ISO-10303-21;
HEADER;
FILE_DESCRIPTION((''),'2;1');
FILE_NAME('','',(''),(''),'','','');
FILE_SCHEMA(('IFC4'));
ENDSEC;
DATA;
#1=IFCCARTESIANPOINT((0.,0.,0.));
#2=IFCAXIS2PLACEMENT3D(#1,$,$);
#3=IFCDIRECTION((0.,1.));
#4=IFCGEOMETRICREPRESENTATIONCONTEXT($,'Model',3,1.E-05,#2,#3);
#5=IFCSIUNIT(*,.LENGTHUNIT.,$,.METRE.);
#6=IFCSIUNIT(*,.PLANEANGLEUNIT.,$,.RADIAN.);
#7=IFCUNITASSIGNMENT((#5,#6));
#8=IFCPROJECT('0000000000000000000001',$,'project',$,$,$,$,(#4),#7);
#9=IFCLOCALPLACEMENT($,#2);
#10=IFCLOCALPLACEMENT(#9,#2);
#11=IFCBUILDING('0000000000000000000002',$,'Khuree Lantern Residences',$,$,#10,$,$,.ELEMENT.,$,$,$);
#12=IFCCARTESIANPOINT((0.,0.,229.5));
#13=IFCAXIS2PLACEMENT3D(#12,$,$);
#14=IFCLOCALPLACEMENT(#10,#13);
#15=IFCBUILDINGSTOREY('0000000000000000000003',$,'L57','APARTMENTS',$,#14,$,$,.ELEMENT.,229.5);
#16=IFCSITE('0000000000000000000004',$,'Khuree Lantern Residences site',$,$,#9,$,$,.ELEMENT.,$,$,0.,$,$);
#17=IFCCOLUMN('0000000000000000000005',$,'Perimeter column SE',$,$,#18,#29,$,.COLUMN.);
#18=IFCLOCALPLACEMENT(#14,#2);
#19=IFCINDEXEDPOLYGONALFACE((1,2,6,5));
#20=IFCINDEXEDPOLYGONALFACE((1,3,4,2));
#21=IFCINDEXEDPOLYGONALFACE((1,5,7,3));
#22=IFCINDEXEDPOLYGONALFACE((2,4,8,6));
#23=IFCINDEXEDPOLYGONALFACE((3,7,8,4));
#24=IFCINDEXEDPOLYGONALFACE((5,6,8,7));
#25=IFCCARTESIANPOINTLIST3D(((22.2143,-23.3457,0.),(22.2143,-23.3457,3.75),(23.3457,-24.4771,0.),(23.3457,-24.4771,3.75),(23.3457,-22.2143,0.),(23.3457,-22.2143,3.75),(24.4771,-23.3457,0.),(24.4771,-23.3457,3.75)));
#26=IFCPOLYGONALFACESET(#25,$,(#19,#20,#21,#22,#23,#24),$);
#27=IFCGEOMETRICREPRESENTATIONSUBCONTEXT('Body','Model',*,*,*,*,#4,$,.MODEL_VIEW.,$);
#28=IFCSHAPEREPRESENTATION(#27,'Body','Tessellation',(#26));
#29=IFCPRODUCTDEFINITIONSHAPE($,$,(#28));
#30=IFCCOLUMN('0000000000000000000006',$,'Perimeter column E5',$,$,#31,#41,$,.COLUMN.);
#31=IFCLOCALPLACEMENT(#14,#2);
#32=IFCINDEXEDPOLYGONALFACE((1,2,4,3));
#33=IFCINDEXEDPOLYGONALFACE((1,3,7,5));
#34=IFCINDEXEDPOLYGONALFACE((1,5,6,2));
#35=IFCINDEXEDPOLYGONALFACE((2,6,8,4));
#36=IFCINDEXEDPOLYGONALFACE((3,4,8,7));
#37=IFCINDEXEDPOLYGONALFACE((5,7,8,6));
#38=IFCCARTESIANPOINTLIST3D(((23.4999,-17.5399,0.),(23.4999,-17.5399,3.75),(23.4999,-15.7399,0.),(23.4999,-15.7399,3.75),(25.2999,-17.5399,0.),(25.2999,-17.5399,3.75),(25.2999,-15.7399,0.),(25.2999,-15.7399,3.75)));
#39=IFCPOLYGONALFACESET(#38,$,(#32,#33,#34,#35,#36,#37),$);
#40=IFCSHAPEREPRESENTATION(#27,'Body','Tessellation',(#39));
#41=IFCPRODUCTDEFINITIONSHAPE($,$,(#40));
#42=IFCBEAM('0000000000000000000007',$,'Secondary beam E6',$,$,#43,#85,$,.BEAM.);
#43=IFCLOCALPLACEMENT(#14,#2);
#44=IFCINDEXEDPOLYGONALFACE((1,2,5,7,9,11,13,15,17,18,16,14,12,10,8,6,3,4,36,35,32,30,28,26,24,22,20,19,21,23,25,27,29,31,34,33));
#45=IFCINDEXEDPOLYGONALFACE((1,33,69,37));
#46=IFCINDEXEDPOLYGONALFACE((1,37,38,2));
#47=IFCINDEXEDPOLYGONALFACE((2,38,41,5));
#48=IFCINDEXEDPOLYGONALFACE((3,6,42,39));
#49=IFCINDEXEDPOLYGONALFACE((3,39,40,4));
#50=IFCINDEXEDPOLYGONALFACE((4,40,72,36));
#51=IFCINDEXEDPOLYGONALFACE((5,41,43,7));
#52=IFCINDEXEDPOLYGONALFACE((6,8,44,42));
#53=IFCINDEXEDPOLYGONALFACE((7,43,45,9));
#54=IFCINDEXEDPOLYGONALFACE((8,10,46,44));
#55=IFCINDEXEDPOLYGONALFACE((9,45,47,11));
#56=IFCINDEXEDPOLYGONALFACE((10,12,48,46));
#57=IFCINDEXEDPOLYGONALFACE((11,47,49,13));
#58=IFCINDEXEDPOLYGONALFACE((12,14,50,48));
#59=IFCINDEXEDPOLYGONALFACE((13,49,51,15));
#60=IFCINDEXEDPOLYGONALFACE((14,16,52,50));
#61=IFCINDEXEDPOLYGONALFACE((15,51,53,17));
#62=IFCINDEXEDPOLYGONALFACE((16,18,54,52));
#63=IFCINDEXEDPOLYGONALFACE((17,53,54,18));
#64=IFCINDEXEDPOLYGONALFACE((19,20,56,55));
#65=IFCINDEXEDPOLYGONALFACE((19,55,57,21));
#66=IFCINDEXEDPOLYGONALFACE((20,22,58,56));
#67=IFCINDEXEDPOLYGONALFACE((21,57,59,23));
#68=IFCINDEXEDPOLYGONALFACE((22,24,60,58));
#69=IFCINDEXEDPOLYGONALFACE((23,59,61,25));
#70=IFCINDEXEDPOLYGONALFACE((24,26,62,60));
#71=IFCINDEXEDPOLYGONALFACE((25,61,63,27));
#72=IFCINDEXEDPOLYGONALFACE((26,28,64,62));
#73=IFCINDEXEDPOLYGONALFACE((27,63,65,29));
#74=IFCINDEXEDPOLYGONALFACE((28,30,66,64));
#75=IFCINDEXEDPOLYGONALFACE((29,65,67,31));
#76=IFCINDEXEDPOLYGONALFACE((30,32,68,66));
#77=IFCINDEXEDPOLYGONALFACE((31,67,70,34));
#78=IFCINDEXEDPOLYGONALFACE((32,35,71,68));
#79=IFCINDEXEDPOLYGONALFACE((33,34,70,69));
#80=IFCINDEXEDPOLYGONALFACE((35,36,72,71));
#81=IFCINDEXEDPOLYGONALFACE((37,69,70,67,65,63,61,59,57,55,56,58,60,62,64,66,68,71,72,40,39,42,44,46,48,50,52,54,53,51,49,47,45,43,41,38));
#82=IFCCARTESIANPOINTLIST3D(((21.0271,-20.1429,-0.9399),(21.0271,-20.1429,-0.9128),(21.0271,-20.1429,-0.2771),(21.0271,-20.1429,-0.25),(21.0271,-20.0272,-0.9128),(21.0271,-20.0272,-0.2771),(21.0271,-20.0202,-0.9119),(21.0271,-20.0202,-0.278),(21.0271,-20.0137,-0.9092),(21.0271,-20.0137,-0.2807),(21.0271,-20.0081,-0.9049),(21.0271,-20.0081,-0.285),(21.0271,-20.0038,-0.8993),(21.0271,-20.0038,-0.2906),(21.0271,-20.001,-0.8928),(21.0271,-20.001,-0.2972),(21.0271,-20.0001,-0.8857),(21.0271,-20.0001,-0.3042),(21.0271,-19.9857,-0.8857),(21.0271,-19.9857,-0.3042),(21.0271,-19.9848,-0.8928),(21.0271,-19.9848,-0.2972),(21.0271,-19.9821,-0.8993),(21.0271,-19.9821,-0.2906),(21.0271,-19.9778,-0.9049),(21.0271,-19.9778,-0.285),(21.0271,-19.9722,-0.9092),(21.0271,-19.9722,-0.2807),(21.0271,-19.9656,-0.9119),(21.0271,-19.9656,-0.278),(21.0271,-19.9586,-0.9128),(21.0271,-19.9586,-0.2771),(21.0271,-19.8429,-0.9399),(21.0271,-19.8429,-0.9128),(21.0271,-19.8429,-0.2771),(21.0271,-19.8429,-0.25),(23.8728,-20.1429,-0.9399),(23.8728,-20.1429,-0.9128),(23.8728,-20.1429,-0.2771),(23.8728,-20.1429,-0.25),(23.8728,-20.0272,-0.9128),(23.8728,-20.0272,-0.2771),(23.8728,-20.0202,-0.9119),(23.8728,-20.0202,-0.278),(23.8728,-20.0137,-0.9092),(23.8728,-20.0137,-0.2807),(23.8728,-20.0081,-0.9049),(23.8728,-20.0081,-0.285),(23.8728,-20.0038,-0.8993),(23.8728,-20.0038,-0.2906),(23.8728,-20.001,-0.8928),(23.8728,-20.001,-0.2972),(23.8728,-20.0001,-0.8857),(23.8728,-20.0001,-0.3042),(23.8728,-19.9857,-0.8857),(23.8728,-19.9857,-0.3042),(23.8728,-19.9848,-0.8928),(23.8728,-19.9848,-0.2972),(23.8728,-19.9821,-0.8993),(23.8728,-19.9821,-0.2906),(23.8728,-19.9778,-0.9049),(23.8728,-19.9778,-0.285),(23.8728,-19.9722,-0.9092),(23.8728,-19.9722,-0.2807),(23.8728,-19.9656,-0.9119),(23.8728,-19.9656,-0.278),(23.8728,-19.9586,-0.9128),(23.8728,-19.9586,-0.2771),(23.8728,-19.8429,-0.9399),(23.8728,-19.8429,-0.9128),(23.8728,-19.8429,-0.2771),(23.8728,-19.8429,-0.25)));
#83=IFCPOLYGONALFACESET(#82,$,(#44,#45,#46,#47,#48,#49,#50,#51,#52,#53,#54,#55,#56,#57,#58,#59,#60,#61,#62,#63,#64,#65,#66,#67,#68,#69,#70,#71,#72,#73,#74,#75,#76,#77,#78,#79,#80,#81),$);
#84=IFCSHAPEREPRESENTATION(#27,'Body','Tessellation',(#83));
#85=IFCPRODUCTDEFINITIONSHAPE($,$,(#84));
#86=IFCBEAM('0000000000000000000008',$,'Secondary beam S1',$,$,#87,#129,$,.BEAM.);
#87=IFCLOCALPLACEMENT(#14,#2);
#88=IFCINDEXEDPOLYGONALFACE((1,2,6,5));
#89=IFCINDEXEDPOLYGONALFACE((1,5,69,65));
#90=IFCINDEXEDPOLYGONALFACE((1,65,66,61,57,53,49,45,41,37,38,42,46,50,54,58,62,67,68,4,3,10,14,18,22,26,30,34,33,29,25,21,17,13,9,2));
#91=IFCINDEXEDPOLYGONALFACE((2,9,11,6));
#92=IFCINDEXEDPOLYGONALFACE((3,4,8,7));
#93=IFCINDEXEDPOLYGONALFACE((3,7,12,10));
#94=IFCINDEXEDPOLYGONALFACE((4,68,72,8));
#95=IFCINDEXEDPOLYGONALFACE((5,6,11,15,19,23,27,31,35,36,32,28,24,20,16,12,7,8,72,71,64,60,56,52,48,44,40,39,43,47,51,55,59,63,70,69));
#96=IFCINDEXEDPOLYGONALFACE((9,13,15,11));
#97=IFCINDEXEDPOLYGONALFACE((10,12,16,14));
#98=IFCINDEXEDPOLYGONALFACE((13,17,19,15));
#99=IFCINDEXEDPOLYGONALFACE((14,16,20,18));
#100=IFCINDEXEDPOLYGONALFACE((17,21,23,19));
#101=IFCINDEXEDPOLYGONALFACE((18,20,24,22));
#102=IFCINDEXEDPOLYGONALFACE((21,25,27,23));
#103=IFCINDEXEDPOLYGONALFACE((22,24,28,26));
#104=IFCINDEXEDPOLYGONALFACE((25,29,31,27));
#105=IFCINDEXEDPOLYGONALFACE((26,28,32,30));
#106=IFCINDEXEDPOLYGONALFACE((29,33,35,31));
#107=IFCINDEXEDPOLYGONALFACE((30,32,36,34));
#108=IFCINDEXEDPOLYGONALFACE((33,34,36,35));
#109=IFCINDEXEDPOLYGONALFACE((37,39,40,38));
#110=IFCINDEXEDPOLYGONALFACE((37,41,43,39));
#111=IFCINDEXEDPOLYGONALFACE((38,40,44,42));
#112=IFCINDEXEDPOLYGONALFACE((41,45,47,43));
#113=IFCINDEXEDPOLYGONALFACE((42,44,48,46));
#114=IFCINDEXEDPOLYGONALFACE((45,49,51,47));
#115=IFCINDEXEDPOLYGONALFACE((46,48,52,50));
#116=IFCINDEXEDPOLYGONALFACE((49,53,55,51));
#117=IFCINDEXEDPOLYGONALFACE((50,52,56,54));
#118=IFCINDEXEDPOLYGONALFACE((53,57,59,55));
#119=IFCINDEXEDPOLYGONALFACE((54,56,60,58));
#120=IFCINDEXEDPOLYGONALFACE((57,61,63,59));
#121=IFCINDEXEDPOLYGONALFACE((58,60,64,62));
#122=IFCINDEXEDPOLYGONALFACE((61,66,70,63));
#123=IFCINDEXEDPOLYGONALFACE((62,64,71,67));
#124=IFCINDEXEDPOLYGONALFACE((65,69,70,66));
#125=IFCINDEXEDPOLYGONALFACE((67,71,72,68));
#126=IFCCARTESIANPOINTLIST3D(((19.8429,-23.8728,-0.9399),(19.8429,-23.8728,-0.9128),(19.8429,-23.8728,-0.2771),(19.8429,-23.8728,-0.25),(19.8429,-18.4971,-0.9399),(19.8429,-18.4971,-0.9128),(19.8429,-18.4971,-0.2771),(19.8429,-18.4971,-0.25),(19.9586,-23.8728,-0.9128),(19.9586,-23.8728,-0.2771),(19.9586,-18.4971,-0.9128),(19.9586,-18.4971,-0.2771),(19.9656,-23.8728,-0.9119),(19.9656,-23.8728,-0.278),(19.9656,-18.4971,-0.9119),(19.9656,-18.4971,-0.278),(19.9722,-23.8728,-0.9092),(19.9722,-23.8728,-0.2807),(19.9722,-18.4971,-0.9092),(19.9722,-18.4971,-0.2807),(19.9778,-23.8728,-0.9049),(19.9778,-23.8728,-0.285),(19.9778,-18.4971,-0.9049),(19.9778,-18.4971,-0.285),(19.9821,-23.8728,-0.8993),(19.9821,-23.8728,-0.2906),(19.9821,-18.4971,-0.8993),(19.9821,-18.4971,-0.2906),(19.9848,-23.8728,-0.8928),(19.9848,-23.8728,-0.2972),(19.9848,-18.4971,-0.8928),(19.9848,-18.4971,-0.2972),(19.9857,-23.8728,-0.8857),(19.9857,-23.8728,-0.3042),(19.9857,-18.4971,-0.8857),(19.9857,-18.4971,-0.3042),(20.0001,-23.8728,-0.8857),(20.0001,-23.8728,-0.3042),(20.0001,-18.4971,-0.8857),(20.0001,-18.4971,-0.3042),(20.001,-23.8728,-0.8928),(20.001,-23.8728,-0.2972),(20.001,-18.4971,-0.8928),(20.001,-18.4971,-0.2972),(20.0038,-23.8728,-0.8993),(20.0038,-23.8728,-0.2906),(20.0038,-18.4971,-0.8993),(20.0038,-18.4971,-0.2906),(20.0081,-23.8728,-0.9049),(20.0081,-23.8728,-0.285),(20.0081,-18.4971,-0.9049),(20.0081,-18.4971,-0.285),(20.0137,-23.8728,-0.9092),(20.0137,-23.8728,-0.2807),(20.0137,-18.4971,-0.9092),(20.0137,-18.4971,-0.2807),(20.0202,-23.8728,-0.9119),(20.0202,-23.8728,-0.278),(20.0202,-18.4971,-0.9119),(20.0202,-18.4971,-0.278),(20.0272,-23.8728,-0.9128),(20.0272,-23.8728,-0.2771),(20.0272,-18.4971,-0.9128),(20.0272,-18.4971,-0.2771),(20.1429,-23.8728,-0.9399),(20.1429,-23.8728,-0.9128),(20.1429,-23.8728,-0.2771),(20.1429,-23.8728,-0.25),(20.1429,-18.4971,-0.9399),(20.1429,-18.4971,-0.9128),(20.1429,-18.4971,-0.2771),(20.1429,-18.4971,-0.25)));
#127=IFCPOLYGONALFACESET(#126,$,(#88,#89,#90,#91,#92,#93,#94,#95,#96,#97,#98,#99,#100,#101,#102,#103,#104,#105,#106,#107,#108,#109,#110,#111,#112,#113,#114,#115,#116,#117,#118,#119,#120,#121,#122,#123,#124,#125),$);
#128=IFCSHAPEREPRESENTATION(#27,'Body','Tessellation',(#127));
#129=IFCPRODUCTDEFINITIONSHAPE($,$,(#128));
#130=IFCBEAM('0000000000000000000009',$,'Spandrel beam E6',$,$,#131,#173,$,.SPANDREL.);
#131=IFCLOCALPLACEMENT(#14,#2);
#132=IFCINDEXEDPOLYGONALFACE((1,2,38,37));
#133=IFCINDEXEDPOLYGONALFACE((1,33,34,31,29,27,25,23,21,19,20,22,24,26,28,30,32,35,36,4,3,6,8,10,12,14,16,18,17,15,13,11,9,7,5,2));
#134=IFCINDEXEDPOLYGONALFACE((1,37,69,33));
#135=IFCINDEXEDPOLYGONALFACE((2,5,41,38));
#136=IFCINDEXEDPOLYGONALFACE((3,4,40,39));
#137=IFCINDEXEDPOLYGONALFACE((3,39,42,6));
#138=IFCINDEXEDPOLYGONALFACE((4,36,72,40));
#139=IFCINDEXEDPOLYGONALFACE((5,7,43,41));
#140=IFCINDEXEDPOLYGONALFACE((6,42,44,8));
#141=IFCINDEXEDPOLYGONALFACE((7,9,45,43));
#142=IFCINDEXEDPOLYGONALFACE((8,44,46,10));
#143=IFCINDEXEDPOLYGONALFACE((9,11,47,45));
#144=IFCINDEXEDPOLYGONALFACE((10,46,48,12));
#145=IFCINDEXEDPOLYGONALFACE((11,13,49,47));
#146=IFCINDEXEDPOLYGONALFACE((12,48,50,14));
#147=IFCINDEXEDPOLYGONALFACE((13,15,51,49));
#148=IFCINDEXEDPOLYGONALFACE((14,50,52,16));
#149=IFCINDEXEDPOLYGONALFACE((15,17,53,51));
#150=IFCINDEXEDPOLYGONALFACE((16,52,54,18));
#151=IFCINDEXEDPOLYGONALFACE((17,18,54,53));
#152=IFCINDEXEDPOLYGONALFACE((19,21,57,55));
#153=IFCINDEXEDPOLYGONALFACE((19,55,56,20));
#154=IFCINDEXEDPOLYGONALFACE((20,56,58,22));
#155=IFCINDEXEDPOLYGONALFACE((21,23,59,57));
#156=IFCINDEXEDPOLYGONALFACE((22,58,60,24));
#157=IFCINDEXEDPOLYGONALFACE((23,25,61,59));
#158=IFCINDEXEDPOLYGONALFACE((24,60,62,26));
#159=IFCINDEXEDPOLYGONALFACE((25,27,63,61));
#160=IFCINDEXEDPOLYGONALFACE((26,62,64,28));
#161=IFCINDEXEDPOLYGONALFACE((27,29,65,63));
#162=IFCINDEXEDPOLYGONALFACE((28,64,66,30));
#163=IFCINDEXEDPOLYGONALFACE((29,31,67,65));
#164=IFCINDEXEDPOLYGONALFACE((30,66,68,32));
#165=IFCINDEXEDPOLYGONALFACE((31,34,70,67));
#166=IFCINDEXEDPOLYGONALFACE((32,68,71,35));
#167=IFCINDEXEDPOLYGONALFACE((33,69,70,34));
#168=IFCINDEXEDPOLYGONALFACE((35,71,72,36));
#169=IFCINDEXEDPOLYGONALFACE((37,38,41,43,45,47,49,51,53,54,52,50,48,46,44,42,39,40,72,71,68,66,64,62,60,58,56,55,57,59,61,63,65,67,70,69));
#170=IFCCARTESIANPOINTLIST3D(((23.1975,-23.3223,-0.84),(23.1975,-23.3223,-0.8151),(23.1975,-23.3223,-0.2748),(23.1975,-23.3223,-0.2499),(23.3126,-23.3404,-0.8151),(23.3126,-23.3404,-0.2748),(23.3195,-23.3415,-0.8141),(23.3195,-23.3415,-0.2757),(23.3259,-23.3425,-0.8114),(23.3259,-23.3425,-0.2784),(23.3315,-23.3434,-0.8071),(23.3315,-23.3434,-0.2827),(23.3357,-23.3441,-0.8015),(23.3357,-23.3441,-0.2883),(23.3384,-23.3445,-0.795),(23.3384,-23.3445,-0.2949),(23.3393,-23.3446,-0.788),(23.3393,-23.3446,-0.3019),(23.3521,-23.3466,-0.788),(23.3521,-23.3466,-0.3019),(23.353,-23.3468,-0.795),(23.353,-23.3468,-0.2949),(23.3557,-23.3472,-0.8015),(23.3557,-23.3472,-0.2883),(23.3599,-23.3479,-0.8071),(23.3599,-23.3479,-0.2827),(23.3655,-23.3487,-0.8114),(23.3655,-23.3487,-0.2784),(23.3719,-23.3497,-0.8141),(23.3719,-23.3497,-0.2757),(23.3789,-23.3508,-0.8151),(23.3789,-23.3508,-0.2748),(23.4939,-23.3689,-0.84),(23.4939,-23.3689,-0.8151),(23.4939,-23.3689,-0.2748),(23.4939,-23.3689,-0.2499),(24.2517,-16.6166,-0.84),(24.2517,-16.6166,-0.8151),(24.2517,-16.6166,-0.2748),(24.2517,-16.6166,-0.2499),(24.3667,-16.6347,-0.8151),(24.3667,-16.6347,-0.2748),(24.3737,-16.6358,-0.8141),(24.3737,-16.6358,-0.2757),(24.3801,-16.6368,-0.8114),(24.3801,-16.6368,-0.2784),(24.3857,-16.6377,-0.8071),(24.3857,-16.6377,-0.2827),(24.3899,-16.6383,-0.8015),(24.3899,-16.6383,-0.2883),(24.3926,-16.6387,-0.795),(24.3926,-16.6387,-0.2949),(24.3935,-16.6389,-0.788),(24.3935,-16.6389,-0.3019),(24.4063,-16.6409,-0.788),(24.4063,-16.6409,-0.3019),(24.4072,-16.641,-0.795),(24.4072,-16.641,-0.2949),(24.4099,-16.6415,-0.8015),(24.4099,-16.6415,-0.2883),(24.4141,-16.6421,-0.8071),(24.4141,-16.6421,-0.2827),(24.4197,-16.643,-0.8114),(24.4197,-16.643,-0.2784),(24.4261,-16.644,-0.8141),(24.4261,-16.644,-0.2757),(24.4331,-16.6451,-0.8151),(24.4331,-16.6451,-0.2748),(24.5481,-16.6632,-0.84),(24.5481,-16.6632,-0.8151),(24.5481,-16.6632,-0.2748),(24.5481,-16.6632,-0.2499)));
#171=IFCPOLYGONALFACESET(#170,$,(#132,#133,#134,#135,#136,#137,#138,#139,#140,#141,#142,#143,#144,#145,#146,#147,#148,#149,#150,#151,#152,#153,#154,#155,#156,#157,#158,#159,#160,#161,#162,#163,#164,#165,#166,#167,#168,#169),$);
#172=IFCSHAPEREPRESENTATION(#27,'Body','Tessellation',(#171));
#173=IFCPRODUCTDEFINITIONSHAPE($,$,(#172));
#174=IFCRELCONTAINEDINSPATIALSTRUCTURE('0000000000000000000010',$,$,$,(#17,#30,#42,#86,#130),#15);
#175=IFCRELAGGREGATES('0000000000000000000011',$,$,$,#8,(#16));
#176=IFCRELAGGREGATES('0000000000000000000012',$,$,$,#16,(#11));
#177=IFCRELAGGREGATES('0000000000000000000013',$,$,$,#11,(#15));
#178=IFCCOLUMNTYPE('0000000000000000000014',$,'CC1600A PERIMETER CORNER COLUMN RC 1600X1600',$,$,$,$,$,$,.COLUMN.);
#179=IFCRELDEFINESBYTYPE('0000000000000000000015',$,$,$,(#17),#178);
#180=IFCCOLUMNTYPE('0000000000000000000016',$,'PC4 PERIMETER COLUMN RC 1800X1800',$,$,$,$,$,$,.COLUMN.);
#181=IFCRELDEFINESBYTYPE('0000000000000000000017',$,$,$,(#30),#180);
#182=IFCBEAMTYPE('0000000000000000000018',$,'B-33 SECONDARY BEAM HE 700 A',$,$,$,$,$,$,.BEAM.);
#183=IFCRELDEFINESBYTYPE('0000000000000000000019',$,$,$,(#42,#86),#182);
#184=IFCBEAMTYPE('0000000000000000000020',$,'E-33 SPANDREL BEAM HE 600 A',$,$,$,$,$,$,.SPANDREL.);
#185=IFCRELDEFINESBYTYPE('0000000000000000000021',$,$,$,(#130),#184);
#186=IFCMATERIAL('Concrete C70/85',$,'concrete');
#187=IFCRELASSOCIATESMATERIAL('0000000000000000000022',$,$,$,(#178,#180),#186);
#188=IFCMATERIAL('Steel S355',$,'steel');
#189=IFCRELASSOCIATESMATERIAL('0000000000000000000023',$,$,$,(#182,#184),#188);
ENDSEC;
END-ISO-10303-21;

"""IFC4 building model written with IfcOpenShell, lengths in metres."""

from ifc_helpers import new_model, si_unit, direction, frame, origin, origin_2d, place, context, subcontext, project, spatial, rectangle, i_section, extrude, material, material_profile, profile_set, type_object, element, save


model = new_model("IFC4")

# Units and contexts
model_context = context("Model", 3, precision=1e-05, world=origin(), true_north=direction((0.0, 1.0)))
body_context = subcontext(model_context, "Body", "Model", "MODEL_VIEW")
ifc_project = project(units=[si_unit("LENGTHUNIT", "METRE"), si_unit("PLANEANGLEUNIT", "RADIAN")], contexts=[model_context])

# Site, building, storey
site_placement = place(None, origin())
site = spatial("IfcSite", under=ifc_project, at=site_placement, Name="Khuree Lantern Residences site", CompositionType="ELEMENT", RefElevation=0.0)
building_placement = place(site_placement, origin())
building = spatial("IfcBuilding", under=site, at=building_placement, Name="Khuree Lantern Residences", CompositionType="ELEMENT")
storey_placement = place(building_placement, frame((0.0, 0.0, 229.5)))
storey = spatial("IfcBuildingStorey", under=building, at=storey_placement, Name="L57", Description="APARTMENTS", CompositionType="ELEMENT", Elevation=229.5)

# Columns
ifc_material_1 = material(Name="Concrete C70/85", Category="concrete")
ifc_material_profile_1 = material_profile(ifc_material_1, rectangle(XDim=1.6001, YDim=1.6001, at=origin_2d()), Name="RC 1600X1600")
ifc_profile_set_1 = profile_set([ifc_material_profile_1], Name="Concrete C70/85")
column_type_1 = type_object("IfcColumnType", Name="CC1600A PERIMETER CORNER COLUMN RC 1600X1600", PredefinedType="COLUMN", material=ifc_profile_set_1)
column_1_placement = place(storey_placement, frame((23.3457, -23.3457, 0.0), z_axis=(0.0, 0.0, 1.0), x_axis=(0.707107, 0.707107, 0.0)))
element("IfcColumn", 1, at=column_1_placement, inside=storey, type_object=column_type_1, Name="Perimeter column SE", PredefinedType="COLUMN", context=body_context, shape_type="SweptSolid", body=[
    extrude(rectangle(XDim=1.6001, YDim=1.6001, at=origin_2d()), origin(), (0.0, 0.0, 1.0), 3.75),
])
ifc_material_profile_2 = material_profile(ifc_material_1, rectangle(XDim=1.8, YDim=1.8, at=origin_2d()), Name="RC 1800X1800")
ifc_profile_set_2 = profile_set([ifc_material_profile_2], Name="Concrete C70/85")
column_type_2 = type_object("IfcColumnType", Name="PC4 PERIMETER COLUMN RC 1800X1800", PredefinedType="COLUMN", material=ifc_profile_set_2)
column_2_placement = place(storey_placement, frame((24.3999, -16.6399, 0.0), z_axis=(0.0, 0.0, 1.0), x_axis=(0.0, 1.0, 0.0)))
element("IfcColumn", 2, at=column_2_placement, inside=storey, type_object=column_type_2, Name="Perimeter column E5", PredefinedType="COLUMN", context=body_context, shape_type="SweptSolid", body=[
    extrude(rectangle(XDim=1.8, YDim=1.8, at=origin_2d()), origin(), (0.0, 0.0, 1.0), 3.75),
])

# Beams
ifc_material_2 = material(Name="Steel S355", Category="steel")
ifc_material_profile_3 = material_profile(ifc_material_2, i_section(OverallWidth=0.3, OverallDepth=0.6899, WebThickness=0.0144, FlangeThickness=0.0271, FilletRadius=0.0271, at=origin_2d()), Name="HE 700 A")
ifc_profile_set_3 = profile_set([ifc_material_profile_3], Name="Steel S355")
beam_type_1 = type_object("IfcBeamType", Name="B-33 SECONDARY BEAM HE 700 A", PredefinedType="BEAM", material=ifc_profile_set_3)
beam_1_placement = place(storey_placement, frame((23.8728, -19.9929, -0.595), z_axis=(-1.0, 0.0, 0.0), x_axis=(0.0, -1.0, 0.0)))
element("IfcBeam", 3, at=beam_1_placement, inside=storey, type_object=beam_type_1, Name="Secondary beam E6", PredefinedType="BEAM", context=body_context, shape_type="SweptSolid", body=[
    extrude(i_section(OverallWidth=0.3, OverallDepth=0.6899, WebThickness=0.0144, FlangeThickness=0.0271, FilletRadius=0.0271, at=origin_2d()), origin(), (0.0, 0.0, 1.0), 2.8457),
])
beam_2_placement = place(storey_placement, frame((19.9929, -23.8728, -0.595), z_axis=(0.0, 1.0, 0.0), x_axis=(-1.0, 0.0, 0.0)))
element("IfcBeam", 4, at=beam_2_placement, inside=storey, type_object=beam_type_1, Name="Secondary beam S1", PredefinedType="BEAM", context=body_context, shape_type="SweptSolid", body=[
    extrude(i_section(OverallWidth=0.3, OverallDepth=0.6899, WebThickness=0.0144, FlangeThickness=0.0271, FilletRadius=0.0271, at=origin_2d()), origin(), (0.0, 0.0, 1.0), 5.3757),
])
ifc_material_profile_4 = material_profile(ifc_material_2, i_section(OverallWidth=0.3, OverallDepth=0.5901, WebThickness=0.0129, FlangeThickness=0.0249, FilletRadius=0.0271, at=origin_2d()), Name="HE 600 A")
ifc_profile_set_4 = profile_set([ifc_material_profile_4], Name="Steel S355")
beam_type_2 = type_object("IfcBeamType", Name="E-33 SPANDREL BEAM HE 600 A", PredefinedType="SPANDREL", material=ifc_profile_set_4)
for number, where, z_axis, x_axis, name in (
    (5, (24.3999, -16.6399, -0.5449), (-0.1553, -0.987867, 0.0), (0.987867, -0.1553, 0.0), "Spandrel beam E6"),
):
    element("IfcBeam", number, at=place(storey_placement, frame(where, z_axis=z_axis, x_axis=x_axis)), inside=storey, type_object=beam_type_2, Name=name, PredefinedType="SPANDREL", context=body_context, shape_type="SweptSolid", body=[
        extrude(i_section(OverallWidth=0.3, OverallDepth=0.5901, WebThickness=0.0129, FlangeThickness=0.0249, FilletRadius=0.0271, at=origin_2d()), origin(), (0.0, 0.0, 1.0), 6.7881),
    ])

save(model, "model.ifc")
